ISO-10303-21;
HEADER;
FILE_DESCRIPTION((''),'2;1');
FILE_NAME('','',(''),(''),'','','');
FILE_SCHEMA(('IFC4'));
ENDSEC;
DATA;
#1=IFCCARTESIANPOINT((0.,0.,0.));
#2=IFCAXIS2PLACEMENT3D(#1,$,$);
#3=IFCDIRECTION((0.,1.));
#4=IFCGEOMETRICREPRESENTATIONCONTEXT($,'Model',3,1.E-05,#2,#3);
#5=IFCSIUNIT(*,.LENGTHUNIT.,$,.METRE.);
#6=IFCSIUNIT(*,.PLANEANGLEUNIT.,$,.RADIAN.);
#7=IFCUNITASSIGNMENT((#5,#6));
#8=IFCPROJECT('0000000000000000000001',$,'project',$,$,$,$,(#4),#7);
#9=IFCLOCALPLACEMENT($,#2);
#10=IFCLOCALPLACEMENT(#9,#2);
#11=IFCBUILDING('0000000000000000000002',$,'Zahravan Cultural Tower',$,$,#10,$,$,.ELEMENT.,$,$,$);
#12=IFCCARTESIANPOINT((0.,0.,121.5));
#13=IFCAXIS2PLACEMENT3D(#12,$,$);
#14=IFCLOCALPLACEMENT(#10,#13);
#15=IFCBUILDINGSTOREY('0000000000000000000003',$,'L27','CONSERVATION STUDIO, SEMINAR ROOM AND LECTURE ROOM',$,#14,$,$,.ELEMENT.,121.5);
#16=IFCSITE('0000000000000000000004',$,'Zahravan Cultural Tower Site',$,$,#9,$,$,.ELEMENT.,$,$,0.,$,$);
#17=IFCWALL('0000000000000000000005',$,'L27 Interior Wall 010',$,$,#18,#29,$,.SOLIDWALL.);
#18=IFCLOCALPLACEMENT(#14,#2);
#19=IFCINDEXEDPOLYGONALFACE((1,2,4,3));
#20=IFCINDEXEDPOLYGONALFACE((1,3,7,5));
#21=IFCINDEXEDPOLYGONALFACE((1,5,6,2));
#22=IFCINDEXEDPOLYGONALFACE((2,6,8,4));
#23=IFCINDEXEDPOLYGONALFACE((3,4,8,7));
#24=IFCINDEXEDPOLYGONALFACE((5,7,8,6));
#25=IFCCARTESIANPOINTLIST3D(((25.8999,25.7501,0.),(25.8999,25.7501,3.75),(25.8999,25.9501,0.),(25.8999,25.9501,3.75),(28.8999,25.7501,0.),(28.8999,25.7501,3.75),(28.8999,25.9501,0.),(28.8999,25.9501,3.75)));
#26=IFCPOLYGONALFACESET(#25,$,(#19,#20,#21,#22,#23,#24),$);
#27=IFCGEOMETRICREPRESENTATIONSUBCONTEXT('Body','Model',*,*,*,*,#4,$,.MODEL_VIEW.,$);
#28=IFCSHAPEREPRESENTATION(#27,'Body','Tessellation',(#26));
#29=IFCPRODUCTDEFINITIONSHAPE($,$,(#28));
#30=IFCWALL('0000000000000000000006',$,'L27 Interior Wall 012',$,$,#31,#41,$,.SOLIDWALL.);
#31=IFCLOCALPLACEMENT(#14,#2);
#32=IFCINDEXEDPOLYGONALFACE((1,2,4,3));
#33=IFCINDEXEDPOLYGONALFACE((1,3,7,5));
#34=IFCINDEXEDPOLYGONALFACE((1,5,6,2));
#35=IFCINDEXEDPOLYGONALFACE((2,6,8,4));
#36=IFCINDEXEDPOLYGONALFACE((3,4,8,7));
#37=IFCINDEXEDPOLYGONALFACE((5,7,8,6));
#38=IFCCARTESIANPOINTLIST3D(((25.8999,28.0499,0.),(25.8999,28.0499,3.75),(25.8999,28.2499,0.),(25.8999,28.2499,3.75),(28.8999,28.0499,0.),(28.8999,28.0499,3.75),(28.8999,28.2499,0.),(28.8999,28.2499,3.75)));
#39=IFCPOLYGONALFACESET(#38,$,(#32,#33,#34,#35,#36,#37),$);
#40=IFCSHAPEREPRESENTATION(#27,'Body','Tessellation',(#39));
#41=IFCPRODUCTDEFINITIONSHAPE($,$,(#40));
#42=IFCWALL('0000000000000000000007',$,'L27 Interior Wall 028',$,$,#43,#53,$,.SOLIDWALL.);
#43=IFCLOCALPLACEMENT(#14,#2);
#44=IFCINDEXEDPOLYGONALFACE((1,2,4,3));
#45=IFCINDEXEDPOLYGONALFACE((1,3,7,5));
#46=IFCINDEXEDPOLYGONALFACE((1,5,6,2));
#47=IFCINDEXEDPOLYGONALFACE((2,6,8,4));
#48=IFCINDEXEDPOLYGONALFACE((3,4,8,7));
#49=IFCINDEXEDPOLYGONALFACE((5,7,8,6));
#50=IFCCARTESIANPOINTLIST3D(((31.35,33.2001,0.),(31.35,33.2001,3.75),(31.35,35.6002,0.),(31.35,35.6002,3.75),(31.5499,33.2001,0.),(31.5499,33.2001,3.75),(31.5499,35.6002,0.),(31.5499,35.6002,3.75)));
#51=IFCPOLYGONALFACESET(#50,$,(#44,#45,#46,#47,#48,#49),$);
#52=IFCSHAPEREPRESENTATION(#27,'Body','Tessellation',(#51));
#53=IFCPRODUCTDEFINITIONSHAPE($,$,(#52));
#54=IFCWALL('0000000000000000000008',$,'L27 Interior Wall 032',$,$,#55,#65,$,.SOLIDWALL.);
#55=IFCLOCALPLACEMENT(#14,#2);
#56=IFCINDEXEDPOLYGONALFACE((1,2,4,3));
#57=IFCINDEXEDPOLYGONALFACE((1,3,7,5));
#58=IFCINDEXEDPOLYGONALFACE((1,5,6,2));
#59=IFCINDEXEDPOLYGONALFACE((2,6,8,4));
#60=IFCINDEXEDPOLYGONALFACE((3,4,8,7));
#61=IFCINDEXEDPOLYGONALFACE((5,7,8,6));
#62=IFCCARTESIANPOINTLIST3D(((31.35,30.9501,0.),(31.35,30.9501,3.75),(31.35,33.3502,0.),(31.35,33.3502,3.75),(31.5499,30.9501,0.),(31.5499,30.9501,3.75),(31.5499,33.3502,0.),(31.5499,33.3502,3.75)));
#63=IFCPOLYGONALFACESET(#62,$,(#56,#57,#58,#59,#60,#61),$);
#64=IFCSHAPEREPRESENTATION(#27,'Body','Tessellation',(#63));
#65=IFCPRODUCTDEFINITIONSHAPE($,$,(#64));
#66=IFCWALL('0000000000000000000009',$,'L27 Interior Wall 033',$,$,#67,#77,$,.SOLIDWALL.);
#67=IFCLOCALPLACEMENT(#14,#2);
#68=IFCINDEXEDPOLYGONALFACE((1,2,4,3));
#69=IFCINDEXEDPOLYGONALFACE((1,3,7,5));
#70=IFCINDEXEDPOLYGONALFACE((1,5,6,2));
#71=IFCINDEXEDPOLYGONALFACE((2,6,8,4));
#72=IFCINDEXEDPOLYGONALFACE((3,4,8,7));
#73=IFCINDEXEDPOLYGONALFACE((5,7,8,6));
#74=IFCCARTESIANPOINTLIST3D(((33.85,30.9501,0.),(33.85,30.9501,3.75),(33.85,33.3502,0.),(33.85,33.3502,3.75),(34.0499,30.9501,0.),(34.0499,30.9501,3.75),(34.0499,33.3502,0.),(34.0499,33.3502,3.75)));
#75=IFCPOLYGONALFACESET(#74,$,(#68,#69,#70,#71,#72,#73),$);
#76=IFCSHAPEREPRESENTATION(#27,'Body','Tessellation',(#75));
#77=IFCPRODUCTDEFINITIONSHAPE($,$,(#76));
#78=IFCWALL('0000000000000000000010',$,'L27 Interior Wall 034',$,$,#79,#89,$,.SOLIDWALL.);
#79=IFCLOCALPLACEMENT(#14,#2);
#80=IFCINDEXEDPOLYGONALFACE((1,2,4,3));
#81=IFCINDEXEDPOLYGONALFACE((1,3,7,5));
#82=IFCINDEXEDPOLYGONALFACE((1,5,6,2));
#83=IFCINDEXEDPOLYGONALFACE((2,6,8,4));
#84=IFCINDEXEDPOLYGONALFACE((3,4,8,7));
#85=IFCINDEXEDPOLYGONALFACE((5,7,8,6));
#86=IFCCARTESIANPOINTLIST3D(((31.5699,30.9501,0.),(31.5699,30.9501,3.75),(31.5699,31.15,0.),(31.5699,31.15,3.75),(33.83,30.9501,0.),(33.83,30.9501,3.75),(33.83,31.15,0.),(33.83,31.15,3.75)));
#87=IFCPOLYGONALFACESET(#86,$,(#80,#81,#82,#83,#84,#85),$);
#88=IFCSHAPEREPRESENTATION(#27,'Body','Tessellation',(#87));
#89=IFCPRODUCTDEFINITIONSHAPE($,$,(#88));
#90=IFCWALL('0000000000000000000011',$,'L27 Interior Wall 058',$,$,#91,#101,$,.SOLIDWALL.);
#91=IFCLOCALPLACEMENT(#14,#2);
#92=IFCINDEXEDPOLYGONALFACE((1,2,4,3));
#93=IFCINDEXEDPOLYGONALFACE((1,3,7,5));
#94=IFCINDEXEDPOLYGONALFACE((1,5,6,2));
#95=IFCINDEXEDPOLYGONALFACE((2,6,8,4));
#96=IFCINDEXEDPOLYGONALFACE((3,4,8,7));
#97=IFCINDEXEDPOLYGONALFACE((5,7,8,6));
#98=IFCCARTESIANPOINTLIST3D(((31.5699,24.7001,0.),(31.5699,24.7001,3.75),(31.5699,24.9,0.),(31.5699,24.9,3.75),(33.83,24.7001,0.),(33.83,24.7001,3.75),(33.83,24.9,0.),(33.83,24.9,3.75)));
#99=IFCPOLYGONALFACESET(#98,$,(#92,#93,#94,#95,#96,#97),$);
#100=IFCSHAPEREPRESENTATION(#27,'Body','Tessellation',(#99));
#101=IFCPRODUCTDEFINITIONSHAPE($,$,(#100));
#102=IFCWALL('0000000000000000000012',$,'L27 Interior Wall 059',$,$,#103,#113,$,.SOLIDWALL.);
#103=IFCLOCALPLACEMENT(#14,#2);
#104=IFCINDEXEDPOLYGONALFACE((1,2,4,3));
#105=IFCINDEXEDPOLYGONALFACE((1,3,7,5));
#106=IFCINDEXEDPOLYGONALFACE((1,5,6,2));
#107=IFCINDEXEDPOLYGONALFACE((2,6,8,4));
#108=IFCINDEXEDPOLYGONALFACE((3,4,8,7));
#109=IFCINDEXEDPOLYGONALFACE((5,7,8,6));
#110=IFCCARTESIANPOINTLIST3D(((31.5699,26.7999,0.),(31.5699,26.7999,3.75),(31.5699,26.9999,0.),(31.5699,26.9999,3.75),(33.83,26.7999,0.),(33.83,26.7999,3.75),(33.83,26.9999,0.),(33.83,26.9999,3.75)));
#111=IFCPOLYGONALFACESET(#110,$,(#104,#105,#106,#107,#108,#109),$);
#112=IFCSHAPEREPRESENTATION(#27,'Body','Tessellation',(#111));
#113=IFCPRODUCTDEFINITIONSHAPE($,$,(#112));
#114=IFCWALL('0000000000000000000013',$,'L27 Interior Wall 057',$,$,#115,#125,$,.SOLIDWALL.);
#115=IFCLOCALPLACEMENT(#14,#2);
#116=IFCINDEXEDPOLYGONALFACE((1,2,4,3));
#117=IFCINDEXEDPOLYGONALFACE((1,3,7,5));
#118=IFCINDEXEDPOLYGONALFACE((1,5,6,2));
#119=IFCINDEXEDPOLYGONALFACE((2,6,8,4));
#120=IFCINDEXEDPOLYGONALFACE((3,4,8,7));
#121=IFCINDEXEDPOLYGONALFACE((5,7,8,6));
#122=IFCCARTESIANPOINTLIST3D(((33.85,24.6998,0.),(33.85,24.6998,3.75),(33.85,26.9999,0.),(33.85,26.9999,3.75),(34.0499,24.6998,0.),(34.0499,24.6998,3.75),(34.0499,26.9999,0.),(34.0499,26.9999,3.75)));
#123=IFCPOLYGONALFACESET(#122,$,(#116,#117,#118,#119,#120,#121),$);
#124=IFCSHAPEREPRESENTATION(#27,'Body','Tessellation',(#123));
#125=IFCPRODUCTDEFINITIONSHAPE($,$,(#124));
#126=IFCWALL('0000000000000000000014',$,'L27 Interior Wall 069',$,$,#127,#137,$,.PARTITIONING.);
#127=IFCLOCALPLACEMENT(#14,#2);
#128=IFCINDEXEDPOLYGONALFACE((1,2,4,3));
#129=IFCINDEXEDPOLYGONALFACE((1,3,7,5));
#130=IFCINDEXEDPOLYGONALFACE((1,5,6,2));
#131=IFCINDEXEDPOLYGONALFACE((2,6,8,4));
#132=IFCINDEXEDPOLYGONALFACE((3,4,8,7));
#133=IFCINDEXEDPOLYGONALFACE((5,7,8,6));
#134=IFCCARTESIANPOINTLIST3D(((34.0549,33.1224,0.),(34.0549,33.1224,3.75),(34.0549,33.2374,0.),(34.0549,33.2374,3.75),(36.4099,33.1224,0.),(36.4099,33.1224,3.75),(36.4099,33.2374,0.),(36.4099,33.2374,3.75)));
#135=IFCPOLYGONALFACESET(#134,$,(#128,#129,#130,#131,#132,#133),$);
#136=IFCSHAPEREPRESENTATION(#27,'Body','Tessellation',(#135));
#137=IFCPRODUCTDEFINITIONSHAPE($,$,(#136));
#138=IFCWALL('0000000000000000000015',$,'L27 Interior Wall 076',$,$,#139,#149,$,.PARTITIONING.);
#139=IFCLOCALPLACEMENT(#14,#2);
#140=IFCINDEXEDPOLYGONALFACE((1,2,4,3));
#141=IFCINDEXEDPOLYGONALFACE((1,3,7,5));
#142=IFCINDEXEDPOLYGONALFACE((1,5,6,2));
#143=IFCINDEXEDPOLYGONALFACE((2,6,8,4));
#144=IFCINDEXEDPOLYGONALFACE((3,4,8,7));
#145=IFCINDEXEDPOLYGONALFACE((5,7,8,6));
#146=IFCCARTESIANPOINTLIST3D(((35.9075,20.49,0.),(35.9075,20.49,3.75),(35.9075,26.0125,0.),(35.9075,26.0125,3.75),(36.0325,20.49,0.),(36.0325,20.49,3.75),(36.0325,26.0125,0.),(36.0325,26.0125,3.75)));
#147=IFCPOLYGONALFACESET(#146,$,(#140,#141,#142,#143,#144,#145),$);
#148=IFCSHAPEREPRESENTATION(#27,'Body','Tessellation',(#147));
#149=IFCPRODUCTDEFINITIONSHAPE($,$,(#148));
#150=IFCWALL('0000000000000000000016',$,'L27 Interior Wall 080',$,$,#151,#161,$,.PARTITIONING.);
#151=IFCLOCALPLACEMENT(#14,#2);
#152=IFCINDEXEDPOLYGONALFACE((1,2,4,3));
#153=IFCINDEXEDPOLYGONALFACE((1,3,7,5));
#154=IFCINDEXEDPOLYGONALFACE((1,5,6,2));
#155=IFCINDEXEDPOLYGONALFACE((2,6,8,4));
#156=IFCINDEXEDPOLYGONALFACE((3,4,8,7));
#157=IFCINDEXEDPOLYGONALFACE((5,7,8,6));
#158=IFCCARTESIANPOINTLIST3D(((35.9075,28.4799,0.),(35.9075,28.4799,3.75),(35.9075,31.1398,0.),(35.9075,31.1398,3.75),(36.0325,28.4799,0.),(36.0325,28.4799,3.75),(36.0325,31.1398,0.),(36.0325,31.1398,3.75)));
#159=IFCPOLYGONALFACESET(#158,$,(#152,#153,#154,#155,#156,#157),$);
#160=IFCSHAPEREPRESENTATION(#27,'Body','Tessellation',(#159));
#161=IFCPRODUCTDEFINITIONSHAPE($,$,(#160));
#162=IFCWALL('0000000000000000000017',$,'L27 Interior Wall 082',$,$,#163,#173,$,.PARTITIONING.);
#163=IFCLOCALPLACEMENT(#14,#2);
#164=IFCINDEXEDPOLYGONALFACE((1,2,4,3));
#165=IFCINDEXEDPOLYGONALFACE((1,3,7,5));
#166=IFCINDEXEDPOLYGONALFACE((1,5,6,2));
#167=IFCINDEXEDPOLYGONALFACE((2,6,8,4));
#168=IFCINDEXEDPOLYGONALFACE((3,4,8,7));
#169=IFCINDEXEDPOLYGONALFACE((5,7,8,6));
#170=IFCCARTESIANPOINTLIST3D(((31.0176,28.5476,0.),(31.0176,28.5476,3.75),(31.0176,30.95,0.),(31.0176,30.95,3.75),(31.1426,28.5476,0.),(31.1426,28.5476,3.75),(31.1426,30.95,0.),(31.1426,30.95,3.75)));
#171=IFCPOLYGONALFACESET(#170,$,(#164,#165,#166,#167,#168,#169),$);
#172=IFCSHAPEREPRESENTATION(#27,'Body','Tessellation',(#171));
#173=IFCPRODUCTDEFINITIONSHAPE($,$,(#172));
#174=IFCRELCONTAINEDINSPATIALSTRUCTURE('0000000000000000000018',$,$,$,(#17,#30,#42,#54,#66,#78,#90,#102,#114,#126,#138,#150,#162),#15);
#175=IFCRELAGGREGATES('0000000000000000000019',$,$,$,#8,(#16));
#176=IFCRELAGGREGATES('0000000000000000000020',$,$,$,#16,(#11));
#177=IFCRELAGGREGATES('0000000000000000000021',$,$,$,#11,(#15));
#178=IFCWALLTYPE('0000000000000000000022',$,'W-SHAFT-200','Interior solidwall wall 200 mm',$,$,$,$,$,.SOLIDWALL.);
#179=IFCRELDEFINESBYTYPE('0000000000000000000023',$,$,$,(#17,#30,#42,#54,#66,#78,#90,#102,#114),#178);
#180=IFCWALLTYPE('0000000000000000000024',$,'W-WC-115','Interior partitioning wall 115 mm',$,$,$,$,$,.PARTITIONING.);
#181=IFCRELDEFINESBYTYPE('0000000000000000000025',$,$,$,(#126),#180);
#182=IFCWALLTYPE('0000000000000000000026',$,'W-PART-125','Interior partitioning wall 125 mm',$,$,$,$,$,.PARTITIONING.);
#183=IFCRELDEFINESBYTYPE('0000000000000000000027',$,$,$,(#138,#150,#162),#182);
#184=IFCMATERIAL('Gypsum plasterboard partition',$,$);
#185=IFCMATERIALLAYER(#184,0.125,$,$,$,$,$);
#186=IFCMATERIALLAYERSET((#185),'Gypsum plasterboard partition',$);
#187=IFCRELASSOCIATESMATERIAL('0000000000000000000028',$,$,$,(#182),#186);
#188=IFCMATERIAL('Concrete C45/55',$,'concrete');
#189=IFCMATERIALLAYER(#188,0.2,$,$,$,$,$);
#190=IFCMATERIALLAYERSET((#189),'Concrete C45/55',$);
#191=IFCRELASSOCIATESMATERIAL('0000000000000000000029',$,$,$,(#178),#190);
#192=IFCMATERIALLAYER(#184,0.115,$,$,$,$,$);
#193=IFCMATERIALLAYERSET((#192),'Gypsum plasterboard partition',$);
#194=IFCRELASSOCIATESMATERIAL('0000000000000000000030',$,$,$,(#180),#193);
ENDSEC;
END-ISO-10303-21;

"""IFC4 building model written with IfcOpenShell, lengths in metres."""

from ifc_helpers import new_model, si_unit, direction, frame, frame_2d, origin, place, context, subcontext, project, spatial, rectangle, extrude, source, transform, mapped, material, layer, layer_set, type_object, element, save


model = new_model("IFC4")

# Units and contexts
model_context = context("Model", 3, precision=1e-05, world=origin(), true_north=direction((0.0, 1.0)))
body_context = subcontext(model_context, "Body", "Model", "MODEL_VIEW")
ifc_project = project(units=[si_unit("LENGTHUNIT", "METRE"), si_unit("PLANEANGLEUNIT", "RADIAN")], contexts=[model_context])

# Site, building, storey
site_placement = place(None, origin())
site = spatial("IfcSite", under=ifc_project, at=site_placement, Name="Zahravan Cultural Tower Site", CompositionType="ELEMENT", RefElevation=0.0)
building_placement = place(site_placement, origin())
building = spatial("IfcBuilding", under=site, at=building_placement, Name="Zahravan Cultural Tower", CompositionType="ELEMENT")
storey_placement = place(building_placement, frame((0.0, 0.0, 121.5)))
storey = spatial("IfcBuildingStorey", under=building, at=storey_placement, Name="L27", Description="CONSERVATION STUDIO, SEMINAR ROOM AND LECTURE ROOM", CompositionType="ELEMENT", Elevation=121.5)

# Shared definitions
ifc_material_1 = material(Name="Gypsum plasterboard partition")
ifc_layer_1 = layer(ifc_material_1, 0.125)
ifc_layer_set_1 = layer_set([ifc_layer_1], Name="Gypsum plasterboard partition")
wall_type_1 = type_object("IfcWallType", Name="W-PART-125", Description="Interior partitioning wall 125 mm", PredefinedType="PARTITIONING", material=ifc_layer_set_1)
ifc_material_2 = material(Name="Concrete C45/55", Category="concrete")
ifc_layer_2 = layer(ifc_material_2, 0.2)
ifc_layer_set_2 = layer_set([ifc_layer_2], Name="Concrete C45/55")
wall_type_2 = type_object("IfcWallType", Name="W-SHAFT-200", Description="Interior solidwall wall 200 mm", PredefinedType="SOLIDWALL", material=ifc_layer_set_2)

# Walls
shared_shape_1 = source(origin(), body_context, "Body", "SweptSolid", [
    extrude(rectangle(XDim=3.0, YDim=0.2, at=frame_2d((1.5, 0.0))), origin(), (0.0, 0.0, 1.0), 3.75),
])
for number, where, z_axis, x_axis, name in (
    (1, (25.8999, 25.8501, 0.0), (0.0, 0.0, 1.0), (1.0, 0.0, 0.0), "L27 Interior Wall 010"),
    (2, (25.8999, 28.1499, 0.0), (0.0, 0.0, 1.0), (1.0, 0.0, 0.0), "L27 Interior Wall 012"),
):
    element("IfcWall", number, at=place(storey_placement, frame(where, z_axis=z_axis, x_axis=x_axis)), inside=storey, type_object=wall_type_2, Name=name, PredefinedType="SOLIDWALL", context=body_context, shape_type="MappedRepresentation", body=[
        mapped(shared_shape_1, transform((0.0, 0.0, 0.0), x_axis=(1.0, 0.0, 0.0), y_axis=(0.0, 1.0, 0.0), z_axis=(0.0, 0.0, 1.0), scale=1.0)),
    ])
shared_shape_2 = source(origin(), body_context, "Body", "SweptSolid", [
    extrude(rectangle(XDim=2.4001, YDim=0.2, at=frame_2d((1.2002, 0.0))), origin(), (0.0, 0.0, 1.0), 3.75),
])
for number, where, z_axis, x_axis, name in (
    (3, (31.45, 33.2, 0.0), (0.0, 0.0, 1.0), (0.0, 1.0, 0.0), "L27 Interior Wall 028"),
    (4, (31.45, 30.95, 0.0), (0.0, 0.0, 1.0), (0.0, 1.0, 0.0), "L27 Interior Wall 032"),
    (5, (33.95, 30.95, 0.0), (0.0, 0.0, 1.0), (0.0, 1.0, 0.0), "L27 Interior Wall 033"),
):
    element("IfcWall", number, at=place(storey_placement, frame(where, z_axis=z_axis, x_axis=x_axis)), inside=storey, type_object=wall_type_2, Name=name, PredefinedType="SOLIDWALL", context=body_context, shape_type="MappedRepresentation", body=[
        mapped(shared_shape_2, transform((0.0, 0.0, 0.0), x_axis=(1.0, 0.0, 0.0), y_axis=(0.0, 1.0, 0.0), z_axis=(0.0, 0.0, 1.0), scale=1.0)),
    ])
shared_shape_3 = source(origin(), body_context, "Body", "SweptSolid", [
    extrude(rectangle(XDim=2.26, YDim=0.2, at=frame_2d((1.1299, 0.0))), origin(), (0.0, 0.0, 1.0), 3.75),
])
for number, where, z_axis, x_axis, name in (
    (6, (31.5701, 31.05, 0.0), (0.0, 0.0, 1.0), (1.0, 0.0, 0.0), "L27 Interior Wall 034"),
    (7, (31.5701, 24.8, 0.0), (0.0, 0.0, 1.0), (1.0, 0.0, 0.0), "L27 Interior Wall 058"),
    (8, (31.5701, 26.8999, 0.0), (0.0, 0.0, 1.0), (1.0, 0.0, 0.0), "L27 Interior Wall 059"),
):
    element("IfcWall", number, at=place(storey_placement, frame(where, z_axis=z_axis, x_axis=x_axis)), inside=storey, type_object=wall_type_2, Name=name, PredefinedType="SOLIDWALL", context=body_context, shape_type="MappedRepresentation", body=[
        mapped(shared_shape_3, transform((0.0, 0.0, 0.0), x_axis=(1.0, 0.0, 0.0), y_axis=(0.0, 1.0, 0.0), z_axis=(0.0, 0.0, 1.0), scale=1.0)),
    ])
shared_shape_4 = source(origin(), body_context, "Body", "SweptSolid", [
    extrude(rectangle(XDim=2.3, YDim=0.2, at=frame_2d((1.1499, 0.0))), origin(), (0.0, 0.0, 1.0), 3.75),
])
wall_1_placement = place(storey_placement, frame((33.95, 24.7, 0.0), z_axis=(0.0, 0.0, 1.0), x_axis=(0.0, 1.0, 0.0)))
element("IfcWall", 9, at=wall_1_placement, inside=storey, type_object=wall_type_2, Name="L27 Interior Wall 057", PredefinedType="SOLIDWALL", context=body_context, shape_type="MappedRepresentation", body=[
    mapped(shared_shape_4, transform((0.0, 0.0, 0.0), x_axis=(1.0, 0.0, 0.0), y_axis=(0.0, 1.0, 0.0), z_axis=(0.0, 0.0, 1.0), scale=1.0)),
])
ifc_layer_3 = layer(ifc_material_1, 0.115)
ifc_layer_set_3 = layer_set([ifc_layer_3], Name="Gypsum plasterboard partition")
wall_type_3 = type_object("IfcWallType", Name="W-WC-115", Description="Interior partitioning wall 115 mm", PredefinedType="PARTITIONING", material=ifc_layer_set_3)
shared_shape_5 = source(origin(), body_context, "Body", "SweptSolid", [
    extrude(rectangle(XDim=2.355, YDim=0.115, at=frame_2d((1.1775, 0.0))), origin(), (0.0, 0.0, 1.0), 3.75),
])
wall_2_placement = place(storey_placement, frame((34.0549, 33.1799, 0.0), z_axis=(0.0, 0.0, 1.0), x_axis=(1.0, 0.0, 0.0)))
element("IfcWall", 10, at=wall_2_placement, inside=storey, type_object=wall_type_3, Name="L27 Interior Wall 069", PredefinedType="PARTITIONING", context=body_context, shape_type="MappedRepresentation", body=[
    mapped(shared_shape_5, transform((0.0, 0.0, 0.0), x_axis=(1.0, 0.0, 0.0), y_axis=(0.0, 1.0, 0.0), z_axis=(0.0, 0.0, 1.0), scale=1.0)),
])
shared_shape_6 = source(origin(), body_context, "Body", "SweptSolid", [
    extrude(rectangle(XDim=5.5225, YDim=0.125, at=frame_2d((2.7612, 0.0))), origin(), (0.0, 0.0, 1.0), 3.75),
])
wall_3_placement = place(storey_placement, frame((35.97, 26.0125, 0.0), z_axis=(0.0, 0.0, 1.0), x_axis=(0.0, -1.0, 0.0)))
element("IfcWall", 11, at=wall_3_placement, inside=storey, type_object=wall_type_1, Name="L27 Interior Wall 076", PredefinedType="PARTITIONING", context=body_context, shape_type="MappedRepresentation", body=[
    mapped(shared_shape_6, transform((0.0, 0.0, 0.0), x_axis=(1.0, 0.0, 0.0), y_axis=(0.0, 1.0, 0.0), z_axis=(0.0, 0.0, 1.0), scale=1.0)),
])
shared_shape_7 = source(origin(), body_context, "Body", "SweptSolid", [
    extrude(rectangle(XDim=2.6599, YDim=0.125, at=frame_2d((1.3301, 0.0))), origin(), (0.0, 0.0, 1.0), 3.75),
])
wall_4_placement = place(storey_placement, frame((35.97, 31.1399, 0.0), z_axis=(0.0, 0.0, 1.0), x_axis=(0.0, -1.0, 0.0)))
element("IfcWall", 12, at=wall_4_placement, inside=storey, type_object=wall_type_1, Name="L27 Interior Wall 080", PredefinedType="PARTITIONING", context=body_context, shape_type="MappedRepresentation", body=[
    mapped(shared_shape_7, transform((0.0, 0.0, 0.0), x_axis=(1.0, 0.0, 0.0), y_axis=(0.0, 1.0, 0.0), z_axis=(0.0, 0.0, 1.0), scale=1.0)),
])
shared_shape_8 = source(origin(), body_context, "Body", "SweptSolid", [
    extrude(rectangle(XDim=2.4023, YDim=0.125, at=frame_2d((1.2012, 0.0))), origin(), (0.0, 0.0, 1.0), 3.75),
])
wall_5_placement = place(storey_placement, frame((31.0801, 28.5476, 0.0), z_axis=(0.0, 0.0, 1.0), x_axis=(0.0, 1.0, 0.0)))
element("IfcWall", 13, at=wall_5_placement, inside=storey, type_object=wall_type_1, Name="L27 Interior Wall 082", PredefinedType="PARTITIONING", context=body_context, shape_type="MappedRepresentation", body=[
    mapped(shared_shape_8, transform((0.0, 0.0, 0.0), x_axis=(1.0, 0.0, 0.0), y_axis=(0.0, 1.0, 0.0), z_axis=(0.0, 0.0, 1.0), scale=1.0)),
])

save(model, "model.ifc")
